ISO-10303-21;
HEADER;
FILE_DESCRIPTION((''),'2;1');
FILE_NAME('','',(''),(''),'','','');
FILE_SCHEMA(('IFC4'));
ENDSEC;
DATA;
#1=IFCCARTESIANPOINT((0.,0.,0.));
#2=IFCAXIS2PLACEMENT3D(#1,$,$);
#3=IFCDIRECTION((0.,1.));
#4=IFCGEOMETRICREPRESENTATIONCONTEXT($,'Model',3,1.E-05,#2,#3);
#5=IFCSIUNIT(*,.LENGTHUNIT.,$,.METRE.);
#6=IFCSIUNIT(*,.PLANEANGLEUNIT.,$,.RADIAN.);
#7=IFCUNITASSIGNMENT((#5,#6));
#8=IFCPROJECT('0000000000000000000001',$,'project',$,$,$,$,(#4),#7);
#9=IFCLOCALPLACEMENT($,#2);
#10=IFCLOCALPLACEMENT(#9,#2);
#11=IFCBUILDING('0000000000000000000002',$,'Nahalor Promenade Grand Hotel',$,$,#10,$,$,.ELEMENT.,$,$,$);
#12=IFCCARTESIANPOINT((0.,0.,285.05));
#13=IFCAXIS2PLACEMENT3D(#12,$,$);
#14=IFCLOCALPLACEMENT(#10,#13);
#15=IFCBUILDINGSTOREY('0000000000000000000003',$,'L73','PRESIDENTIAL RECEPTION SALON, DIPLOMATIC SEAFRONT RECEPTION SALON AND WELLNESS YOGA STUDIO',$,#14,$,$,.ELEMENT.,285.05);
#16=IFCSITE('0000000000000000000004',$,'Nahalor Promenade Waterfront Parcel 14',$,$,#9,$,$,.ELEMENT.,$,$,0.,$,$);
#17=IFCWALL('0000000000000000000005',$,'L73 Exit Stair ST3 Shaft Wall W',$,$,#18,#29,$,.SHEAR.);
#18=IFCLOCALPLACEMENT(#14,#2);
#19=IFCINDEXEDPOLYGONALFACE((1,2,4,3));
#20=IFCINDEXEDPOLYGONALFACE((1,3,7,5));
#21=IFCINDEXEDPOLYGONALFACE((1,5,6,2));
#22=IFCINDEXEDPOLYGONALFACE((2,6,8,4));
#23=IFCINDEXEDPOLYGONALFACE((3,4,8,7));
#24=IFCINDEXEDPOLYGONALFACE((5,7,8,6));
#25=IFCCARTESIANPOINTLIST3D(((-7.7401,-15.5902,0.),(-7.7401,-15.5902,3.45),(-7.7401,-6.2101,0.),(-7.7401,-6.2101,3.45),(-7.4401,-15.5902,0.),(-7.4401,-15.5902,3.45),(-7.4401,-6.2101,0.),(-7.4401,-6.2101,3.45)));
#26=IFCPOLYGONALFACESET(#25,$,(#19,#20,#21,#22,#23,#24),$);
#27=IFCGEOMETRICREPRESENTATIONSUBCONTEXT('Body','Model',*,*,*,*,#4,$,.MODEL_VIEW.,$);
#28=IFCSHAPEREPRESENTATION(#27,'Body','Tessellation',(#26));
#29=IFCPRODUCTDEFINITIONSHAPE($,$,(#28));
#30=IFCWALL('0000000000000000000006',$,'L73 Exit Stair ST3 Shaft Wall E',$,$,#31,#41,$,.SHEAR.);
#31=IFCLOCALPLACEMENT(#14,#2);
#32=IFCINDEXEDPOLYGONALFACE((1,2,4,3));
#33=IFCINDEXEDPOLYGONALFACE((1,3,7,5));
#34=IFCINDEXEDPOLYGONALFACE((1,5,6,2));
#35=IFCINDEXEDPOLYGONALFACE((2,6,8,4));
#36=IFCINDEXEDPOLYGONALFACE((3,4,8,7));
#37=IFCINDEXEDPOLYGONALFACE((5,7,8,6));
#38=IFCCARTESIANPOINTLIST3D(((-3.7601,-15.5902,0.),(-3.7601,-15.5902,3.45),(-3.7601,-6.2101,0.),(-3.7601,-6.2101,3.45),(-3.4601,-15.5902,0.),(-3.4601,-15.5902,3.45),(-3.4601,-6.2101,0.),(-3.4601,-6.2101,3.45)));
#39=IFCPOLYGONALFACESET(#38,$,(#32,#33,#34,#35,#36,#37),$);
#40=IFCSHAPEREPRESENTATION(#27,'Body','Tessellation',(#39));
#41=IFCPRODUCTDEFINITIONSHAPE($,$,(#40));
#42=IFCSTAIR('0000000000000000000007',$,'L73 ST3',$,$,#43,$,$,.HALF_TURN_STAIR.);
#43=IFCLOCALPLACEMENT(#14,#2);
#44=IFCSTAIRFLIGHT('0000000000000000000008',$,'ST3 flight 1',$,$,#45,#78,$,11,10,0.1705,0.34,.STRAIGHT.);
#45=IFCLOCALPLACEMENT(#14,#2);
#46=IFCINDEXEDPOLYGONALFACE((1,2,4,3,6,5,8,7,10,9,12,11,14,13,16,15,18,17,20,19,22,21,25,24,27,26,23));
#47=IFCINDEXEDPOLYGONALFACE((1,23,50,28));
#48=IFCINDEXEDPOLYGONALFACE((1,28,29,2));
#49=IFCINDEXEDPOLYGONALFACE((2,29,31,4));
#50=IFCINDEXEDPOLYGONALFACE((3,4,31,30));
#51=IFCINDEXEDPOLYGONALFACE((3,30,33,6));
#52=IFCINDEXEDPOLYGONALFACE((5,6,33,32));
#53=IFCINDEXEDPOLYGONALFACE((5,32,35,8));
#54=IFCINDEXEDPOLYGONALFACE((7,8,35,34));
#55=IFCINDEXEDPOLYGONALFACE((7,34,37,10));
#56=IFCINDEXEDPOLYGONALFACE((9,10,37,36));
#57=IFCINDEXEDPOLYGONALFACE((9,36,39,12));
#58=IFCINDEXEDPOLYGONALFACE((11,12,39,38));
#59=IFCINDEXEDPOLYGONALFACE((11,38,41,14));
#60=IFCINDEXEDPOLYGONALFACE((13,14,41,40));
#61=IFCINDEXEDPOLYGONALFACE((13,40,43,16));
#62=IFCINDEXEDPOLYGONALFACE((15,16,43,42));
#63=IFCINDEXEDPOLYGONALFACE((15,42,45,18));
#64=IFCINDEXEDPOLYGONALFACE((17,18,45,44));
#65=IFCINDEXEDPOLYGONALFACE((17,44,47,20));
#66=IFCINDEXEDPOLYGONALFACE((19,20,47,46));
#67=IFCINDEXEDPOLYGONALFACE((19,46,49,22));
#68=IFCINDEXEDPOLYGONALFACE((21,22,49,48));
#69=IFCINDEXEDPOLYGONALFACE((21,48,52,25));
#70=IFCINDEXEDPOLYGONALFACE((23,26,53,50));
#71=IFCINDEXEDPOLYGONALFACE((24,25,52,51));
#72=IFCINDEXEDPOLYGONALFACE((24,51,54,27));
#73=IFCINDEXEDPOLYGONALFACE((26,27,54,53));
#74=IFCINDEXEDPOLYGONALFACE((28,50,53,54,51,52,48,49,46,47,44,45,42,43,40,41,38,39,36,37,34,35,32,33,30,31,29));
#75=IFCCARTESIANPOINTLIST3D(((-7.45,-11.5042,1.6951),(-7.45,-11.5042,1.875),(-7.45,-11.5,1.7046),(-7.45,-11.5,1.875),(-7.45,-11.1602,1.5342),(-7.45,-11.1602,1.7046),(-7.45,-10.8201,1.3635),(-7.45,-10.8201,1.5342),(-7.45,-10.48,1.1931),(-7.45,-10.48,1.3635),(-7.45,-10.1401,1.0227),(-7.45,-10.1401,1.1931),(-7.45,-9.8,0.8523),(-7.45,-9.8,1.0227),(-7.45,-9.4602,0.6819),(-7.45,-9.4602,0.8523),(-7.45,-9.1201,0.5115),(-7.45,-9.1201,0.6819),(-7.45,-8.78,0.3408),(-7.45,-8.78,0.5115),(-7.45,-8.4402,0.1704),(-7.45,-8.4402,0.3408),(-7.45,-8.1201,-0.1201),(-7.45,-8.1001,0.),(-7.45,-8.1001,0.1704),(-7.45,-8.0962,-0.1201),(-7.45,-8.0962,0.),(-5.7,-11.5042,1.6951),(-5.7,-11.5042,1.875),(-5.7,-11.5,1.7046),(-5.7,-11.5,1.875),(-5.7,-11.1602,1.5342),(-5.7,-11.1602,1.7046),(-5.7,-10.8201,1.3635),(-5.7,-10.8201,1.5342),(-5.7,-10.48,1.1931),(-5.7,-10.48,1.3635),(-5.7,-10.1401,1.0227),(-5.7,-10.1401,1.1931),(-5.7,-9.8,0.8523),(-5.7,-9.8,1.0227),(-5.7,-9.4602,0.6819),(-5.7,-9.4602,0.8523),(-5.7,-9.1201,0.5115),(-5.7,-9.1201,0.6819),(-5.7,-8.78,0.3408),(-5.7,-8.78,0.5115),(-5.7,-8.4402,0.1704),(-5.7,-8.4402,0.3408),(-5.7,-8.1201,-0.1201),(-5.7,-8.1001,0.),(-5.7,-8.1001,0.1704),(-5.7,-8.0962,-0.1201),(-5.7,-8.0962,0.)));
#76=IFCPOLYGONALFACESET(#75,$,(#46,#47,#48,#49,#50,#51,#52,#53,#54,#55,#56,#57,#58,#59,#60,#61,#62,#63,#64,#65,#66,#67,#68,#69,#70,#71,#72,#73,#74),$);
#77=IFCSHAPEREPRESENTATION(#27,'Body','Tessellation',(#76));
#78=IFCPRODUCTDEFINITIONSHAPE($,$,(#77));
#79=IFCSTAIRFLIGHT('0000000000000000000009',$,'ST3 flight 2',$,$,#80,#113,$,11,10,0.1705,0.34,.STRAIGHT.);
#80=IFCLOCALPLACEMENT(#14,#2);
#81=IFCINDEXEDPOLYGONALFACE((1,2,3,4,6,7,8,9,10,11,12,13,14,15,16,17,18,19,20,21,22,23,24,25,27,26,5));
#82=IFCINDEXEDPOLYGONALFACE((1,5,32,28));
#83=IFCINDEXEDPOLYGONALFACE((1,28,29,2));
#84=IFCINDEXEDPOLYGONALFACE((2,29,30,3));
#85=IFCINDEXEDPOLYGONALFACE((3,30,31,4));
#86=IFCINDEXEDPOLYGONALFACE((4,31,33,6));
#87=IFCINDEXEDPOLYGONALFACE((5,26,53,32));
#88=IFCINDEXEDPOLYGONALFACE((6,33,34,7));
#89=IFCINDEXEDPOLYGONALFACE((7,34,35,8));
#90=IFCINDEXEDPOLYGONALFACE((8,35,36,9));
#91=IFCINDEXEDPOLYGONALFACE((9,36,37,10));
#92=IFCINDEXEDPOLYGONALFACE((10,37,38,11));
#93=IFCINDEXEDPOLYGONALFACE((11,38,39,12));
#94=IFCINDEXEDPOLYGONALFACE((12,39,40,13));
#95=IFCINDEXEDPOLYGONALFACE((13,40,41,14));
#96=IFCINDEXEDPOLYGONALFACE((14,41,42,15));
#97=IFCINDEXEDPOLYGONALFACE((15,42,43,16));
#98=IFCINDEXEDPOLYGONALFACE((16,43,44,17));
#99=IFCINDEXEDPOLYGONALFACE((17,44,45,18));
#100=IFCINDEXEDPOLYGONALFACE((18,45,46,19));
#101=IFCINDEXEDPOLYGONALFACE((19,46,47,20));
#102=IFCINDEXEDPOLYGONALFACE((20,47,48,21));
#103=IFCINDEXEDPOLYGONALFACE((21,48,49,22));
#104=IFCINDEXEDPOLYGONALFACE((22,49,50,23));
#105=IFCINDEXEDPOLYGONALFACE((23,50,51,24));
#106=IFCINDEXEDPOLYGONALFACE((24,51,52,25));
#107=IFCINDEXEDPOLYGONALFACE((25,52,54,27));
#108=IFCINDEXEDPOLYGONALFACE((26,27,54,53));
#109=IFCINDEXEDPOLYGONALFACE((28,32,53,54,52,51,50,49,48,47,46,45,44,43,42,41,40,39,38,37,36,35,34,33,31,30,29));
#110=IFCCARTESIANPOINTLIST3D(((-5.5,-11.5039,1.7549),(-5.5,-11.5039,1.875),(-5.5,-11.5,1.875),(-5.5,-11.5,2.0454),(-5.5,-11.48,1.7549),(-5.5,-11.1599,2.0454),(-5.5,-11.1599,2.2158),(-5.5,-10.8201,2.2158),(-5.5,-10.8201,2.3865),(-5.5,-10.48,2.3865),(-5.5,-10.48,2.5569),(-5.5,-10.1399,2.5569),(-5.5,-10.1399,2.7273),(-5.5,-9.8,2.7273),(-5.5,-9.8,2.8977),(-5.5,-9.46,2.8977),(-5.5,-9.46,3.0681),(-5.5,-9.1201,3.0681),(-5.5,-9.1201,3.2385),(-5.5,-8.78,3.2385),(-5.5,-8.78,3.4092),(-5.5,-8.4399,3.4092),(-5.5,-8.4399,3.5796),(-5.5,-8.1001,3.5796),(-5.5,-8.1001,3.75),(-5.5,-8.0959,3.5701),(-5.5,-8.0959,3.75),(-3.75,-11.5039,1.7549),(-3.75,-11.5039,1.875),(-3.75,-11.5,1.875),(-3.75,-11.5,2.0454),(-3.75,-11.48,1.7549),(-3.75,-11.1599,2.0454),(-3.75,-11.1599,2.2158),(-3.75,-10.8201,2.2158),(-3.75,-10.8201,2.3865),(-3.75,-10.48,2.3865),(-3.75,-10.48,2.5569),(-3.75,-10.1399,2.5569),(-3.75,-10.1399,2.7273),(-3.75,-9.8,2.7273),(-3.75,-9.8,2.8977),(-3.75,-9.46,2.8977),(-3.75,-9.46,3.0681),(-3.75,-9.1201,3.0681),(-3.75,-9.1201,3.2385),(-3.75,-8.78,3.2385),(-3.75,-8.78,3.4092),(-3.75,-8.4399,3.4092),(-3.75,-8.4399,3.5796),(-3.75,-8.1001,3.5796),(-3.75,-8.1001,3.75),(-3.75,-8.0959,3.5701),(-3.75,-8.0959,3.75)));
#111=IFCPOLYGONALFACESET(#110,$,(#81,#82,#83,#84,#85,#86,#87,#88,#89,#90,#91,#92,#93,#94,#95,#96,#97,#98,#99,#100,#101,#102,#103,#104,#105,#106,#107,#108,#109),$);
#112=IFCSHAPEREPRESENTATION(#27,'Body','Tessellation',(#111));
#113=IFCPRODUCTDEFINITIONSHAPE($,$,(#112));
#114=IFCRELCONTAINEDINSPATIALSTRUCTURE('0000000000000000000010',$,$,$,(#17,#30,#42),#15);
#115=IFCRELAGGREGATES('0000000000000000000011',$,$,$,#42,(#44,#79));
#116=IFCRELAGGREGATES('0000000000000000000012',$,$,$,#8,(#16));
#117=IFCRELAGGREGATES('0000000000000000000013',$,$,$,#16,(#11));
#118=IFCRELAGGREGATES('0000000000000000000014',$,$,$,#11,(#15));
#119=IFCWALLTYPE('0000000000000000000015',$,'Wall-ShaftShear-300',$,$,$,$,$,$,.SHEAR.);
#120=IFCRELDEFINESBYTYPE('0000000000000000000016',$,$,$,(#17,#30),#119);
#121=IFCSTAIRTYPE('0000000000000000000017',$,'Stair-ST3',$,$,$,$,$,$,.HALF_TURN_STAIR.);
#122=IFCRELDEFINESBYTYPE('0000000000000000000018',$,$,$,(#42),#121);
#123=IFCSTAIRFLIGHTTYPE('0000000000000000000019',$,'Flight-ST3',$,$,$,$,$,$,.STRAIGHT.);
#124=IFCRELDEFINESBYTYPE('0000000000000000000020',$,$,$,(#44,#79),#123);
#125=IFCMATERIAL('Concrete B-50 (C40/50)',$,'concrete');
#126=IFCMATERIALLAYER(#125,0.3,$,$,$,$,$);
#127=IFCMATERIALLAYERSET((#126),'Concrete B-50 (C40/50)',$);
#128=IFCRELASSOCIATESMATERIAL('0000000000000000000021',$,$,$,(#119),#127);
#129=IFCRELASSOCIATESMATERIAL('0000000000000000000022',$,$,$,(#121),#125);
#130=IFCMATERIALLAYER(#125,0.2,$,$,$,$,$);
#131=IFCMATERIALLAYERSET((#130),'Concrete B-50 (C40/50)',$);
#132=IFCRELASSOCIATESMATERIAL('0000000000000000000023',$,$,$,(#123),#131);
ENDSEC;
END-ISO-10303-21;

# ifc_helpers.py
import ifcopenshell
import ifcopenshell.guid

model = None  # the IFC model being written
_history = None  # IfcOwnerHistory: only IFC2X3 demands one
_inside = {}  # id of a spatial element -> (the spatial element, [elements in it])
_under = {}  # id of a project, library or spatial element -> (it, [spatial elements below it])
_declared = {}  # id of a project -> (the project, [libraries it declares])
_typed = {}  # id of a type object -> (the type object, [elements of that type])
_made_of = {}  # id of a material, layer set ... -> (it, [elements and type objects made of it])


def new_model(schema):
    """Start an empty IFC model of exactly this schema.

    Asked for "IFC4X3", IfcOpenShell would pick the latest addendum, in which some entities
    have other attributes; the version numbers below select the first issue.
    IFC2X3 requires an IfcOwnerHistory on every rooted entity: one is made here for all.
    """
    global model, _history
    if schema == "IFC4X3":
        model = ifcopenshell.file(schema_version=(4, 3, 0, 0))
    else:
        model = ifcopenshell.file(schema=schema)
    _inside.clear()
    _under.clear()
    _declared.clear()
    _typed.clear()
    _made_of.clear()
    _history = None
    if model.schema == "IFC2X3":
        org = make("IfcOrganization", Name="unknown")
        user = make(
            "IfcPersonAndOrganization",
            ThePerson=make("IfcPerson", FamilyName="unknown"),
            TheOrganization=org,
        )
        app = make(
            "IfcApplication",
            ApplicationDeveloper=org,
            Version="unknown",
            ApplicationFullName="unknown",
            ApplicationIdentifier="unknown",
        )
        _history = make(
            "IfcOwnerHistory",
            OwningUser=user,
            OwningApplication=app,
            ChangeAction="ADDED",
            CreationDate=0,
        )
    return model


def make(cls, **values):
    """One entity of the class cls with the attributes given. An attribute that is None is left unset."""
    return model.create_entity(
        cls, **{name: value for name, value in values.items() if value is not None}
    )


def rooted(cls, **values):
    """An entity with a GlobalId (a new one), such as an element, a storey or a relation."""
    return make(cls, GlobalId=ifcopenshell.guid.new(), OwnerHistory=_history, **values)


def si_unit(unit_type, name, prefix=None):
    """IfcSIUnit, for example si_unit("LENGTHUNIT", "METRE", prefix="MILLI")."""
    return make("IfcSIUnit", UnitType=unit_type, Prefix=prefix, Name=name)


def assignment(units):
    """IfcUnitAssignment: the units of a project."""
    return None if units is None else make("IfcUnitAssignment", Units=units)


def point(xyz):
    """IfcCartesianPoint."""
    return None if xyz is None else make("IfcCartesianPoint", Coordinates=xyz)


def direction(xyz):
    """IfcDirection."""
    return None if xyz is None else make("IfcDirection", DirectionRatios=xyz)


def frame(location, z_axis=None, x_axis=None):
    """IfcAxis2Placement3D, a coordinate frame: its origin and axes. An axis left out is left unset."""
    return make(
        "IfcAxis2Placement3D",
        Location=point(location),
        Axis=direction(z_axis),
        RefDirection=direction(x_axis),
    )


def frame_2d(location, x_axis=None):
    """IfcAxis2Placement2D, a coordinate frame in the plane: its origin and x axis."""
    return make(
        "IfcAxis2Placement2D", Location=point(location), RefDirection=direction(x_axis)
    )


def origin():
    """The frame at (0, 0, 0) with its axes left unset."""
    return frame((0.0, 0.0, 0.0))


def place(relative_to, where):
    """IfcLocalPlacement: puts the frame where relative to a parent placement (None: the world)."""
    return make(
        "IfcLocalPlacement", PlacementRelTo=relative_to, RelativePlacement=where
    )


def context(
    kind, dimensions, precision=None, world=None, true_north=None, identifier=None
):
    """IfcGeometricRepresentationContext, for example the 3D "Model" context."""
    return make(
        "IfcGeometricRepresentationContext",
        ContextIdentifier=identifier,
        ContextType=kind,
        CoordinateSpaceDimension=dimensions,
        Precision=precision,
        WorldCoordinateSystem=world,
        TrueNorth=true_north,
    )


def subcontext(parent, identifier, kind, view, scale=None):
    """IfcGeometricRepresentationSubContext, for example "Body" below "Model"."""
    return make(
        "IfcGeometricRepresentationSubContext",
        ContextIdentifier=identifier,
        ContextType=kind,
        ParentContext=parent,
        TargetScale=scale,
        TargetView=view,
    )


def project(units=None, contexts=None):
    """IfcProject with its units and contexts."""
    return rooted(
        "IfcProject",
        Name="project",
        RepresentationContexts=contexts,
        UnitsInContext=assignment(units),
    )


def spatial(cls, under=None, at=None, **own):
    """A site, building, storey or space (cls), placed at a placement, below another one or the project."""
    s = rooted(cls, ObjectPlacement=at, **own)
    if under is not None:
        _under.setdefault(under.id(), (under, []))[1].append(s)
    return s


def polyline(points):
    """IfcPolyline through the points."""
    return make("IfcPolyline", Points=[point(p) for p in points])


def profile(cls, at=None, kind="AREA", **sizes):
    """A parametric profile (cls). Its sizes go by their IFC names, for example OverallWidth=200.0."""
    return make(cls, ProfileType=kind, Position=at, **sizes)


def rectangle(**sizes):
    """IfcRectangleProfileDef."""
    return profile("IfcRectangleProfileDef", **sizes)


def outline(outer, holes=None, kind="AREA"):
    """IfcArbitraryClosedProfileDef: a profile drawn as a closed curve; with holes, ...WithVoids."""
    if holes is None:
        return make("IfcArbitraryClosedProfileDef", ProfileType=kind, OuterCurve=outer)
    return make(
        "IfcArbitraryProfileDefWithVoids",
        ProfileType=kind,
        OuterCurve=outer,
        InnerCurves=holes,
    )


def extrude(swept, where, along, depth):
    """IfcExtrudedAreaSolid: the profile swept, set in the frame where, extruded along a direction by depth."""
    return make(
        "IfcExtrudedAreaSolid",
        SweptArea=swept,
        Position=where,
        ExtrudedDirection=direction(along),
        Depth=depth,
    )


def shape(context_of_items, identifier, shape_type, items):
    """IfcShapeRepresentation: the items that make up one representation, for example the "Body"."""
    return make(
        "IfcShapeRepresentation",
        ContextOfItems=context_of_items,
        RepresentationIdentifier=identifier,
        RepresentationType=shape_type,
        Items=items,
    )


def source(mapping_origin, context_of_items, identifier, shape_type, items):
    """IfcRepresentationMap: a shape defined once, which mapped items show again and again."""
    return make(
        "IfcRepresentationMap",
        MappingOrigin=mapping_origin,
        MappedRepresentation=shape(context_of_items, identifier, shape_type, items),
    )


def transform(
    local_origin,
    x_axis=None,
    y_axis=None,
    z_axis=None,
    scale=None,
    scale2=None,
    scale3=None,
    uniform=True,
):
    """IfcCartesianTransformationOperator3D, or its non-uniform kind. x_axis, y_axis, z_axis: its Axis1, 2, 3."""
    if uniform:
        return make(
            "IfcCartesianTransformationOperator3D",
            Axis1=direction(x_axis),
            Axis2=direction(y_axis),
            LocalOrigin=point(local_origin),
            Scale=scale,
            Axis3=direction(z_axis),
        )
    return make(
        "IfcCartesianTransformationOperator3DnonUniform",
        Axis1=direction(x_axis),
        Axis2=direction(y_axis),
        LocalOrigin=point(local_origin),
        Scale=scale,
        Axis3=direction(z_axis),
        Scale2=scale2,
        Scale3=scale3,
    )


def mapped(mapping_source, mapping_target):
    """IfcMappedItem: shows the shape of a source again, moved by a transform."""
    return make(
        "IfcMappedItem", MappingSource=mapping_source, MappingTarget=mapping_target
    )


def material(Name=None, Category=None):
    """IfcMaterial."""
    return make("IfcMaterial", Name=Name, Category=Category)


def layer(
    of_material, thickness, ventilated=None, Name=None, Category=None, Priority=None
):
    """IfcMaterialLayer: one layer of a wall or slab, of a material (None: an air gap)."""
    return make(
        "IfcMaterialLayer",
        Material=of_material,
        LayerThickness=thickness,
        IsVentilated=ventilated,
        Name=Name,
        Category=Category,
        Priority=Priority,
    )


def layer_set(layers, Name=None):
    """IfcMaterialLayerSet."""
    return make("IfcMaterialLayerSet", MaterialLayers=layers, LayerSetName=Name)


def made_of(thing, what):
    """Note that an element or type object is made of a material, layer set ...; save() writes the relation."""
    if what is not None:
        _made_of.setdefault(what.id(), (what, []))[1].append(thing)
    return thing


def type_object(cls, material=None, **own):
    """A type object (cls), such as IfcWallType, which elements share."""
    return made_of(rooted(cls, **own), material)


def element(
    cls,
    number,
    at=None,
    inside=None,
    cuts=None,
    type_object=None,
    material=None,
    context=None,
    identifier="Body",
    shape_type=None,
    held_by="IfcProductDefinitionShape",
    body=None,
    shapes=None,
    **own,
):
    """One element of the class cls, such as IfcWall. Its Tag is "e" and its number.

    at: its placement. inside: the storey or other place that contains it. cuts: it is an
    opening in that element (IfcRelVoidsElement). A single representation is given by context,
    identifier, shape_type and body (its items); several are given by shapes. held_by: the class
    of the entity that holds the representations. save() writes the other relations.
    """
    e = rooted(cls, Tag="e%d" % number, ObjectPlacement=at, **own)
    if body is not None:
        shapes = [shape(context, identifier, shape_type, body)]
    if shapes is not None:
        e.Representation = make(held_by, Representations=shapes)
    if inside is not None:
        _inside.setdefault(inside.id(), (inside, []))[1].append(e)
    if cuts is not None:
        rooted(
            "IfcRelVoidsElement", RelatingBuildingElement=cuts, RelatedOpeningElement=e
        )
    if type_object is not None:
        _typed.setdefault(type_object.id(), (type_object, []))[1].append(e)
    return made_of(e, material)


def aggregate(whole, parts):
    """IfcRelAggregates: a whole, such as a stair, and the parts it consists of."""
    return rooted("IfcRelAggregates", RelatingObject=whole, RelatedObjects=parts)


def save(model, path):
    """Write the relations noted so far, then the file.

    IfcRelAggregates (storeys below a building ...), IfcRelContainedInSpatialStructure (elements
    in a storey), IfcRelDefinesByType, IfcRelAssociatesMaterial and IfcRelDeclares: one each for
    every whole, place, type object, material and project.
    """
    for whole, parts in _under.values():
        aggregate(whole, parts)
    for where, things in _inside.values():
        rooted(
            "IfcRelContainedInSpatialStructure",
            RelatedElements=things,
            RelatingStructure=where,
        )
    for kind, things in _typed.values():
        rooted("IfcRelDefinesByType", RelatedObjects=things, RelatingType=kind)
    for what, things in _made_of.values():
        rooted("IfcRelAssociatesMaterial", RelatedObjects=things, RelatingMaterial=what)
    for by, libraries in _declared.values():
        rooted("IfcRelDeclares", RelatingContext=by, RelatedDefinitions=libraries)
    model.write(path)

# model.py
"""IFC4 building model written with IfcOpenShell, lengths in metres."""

from ifc_helpers import new_model, si_unit, direction, frame, frame_2d, origin, place, context, subcontext, project, spatial, polyline, rectangle, outline, extrude, source, transform, mapped, material, layer, layer_set, type_object, element, aggregate, save


model = new_model("IFC4")

# Units and contexts
model_context = context("Model", 3, precision=1e-05, world=origin(), true_north=direction((0.0, 1.0)))
body_context = subcontext(model_context, "Body", "Model", "MODEL_VIEW")
ifc_project = project(units=[si_unit("LENGTHUNIT", "METRE"), si_unit("PLANEANGLEUNIT", "RADIAN")], contexts=[model_context])

# Site, building, storey
site_placement = place(None, origin())
site = spatial("IfcSite", under=ifc_project, at=site_placement, Name="Nahalor Promenade Waterfront Parcel 14", CompositionType="ELEMENT", RefElevation=0.0)
building_placement = place(site_placement, origin())
building = spatial("IfcBuilding", under=site, at=building_placement, Name="Nahalor Promenade Grand Hotel", CompositionType="ELEMENT")
storey_placement = place(building_placement, frame((0.0, 0.0, 285.05)))
storey = spatial("IfcBuildingStorey", under=building, at=storey_placement, Name="L73", Description="PRESIDENTIAL RECEPTION SALON, DIPLOMATIC SEAFRONT RECEPTION SALON AND WELLNESS YOGA STUDIO", CompositionType="ELEMENT", Elevation=285.05)

# Shared definitions
ifc_material_1 = material(Name="Concrete B-50 (C40/50)", Category="concrete")

# Shared definitions
ifc_layer_1 = layer(ifc_material_1, 0.3)
ifc_layer_set_1 = layer_set([ifc_layer_1], Name="Concrete B-50 (C40/50)")
wall_type = type_object("IfcWallType", Name="Wall-ShaftShear-300", PredefinedType="SHEAR", material=ifc_layer_set_1)

# Walls
shared_shape_1 = source(origin(), body_context, "Body", "SweptSolid", [
    extrude(rectangle(XDim=9.3801, YDim=0.3, at=frame_2d((4.6899, 0.0))), origin(), (0.0, 0.0, 1.0), 3.45),
])
for number, where, z_axis, x_axis, name in (
    (1, (-7.5901, -15.5901, 0.0), (0.0, 0.0, 1.0), (0.0, 1.0, 0.0), "L73 Exit Stair ST3 Shaft Wall W"),
    (2, (-3.6101, -15.5901, 0.0), (0.0, 0.0, 1.0), (0.0, 1.0, 0.0), "L73 Exit Stair ST3 Shaft Wall E"),
):
    element("IfcWall", number, at=place(storey_placement, frame(where, z_axis=z_axis, x_axis=x_axis)), inside=storey, type_object=wall_type, Name=name, PredefinedType="SHEAR", context=body_context, shape_type="MappedRepresentation", body=[
        mapped(shared_shape_1, transform((0.0, 0.0, 0.0), scale=1.0)),
    ])

# Stair, stair flights
stair_type = type_object("IfcStairType", Name="Stair-ST3", PredefinedType="HALF_TURN_STAIR", material=ifc_material_1)
stair_placement = place(storey_placement, origin())
stair = element("IfcStair", 3, at=stair_placement, inside=storey, type_object=stair_type, Name="L73 ST3", PredefinedType="HALF_TURN_STAIR")
ifc_layer_2 = layer(ifc_material_1, 0.2)
ifc_layer_set_2 = layer_set([ifc_layer_2], Name="Concrete B-50 (C40/50)")
stair_flight_type = type_object("IfcStairFlightType", Name="Flight-ST3", PredefinedType="STRAIGHT", material=ifc_layer_set_2)
shared_shape_2 = source(origin(), body_context, "Body", "SweptSolid", [
    extrude(outline(polyline([(-0.0039, -0.1201), (-0.0039, 0.0), (0.0, 0.0), (0.0, 0.1704), (0.3401, 0.1704), (0.3401, 0.3408), (0.6799, 0.3408), (0.6799, 0.5115), (1.02, 0.5115), (1.02, 0.6819), (1.3601, 0.6819), (1.3601, 0.8523), (1.7, 0.8523), (1.7, 1.0227), (2.04, 1.0227), (2.04, 1.1931), (2.3799, 1.1931), (2.3799, 1.3635), (2.72, 1.3635), (2.72, 1.5342), (3.0601, 1.5342), (3.0601, 1.7046), (3.3999, 1.7046), (3.3999, 1.875), (3.4041, 1.875), (3.4041, 1.6951), (0.02, -0.1201), (-0.0039, -0.1201)])), frame((0.0, 0.875, 0.0), z_axis=(0.0, -1.0, 0.0), x_axis=(1.0, 0.0, 0.0)), (0.0, 0.0, 1.0), 1.75),
])
stair_flight_1_placement = place(storey_placement, frame((-6.575, -8.1001, 0.0), z_axis=(0.0, 0.0, 1.0), x_axis=(0.0, -1.0, 0.0)))
stair_flight_1 = element("IfcStairFlight", 4, at=stair_flight_1_placement, type_object=stair_flight_type, Name="ST3 flight 1", NumberOfRisers=11, NumberOfTreads=10, PredefinedType="STRAIGHT", RiserHeight=0.1705, TreadLength=0.34, context=body_context, shape_type="MappedRepresentation", body=[
    mapped(shared_shape_2, transform((0.0, 0.0, 0.0), scale=1.0)),
])
stair_flight_2_placement = place(storey_placement, frame((-4.625, -11.5, 1.875), z_axis=(0.0, 0.0, 1.0), x_axis=(0.0, 1.0, 0.0)))
stair_flight_2 = element("IfcStairFlight", 5, at=stair_flight_2_placement, type_object=stair_flight_type, Name="ST3 flight 2", NumberOfRisers=11, NumberOfTreads=10, PredefinedType="STRAIGHT", RiserHeight=0.1705, TreadLength=0.34, context=body_context, shape_type="MappedRepresentation", body=[
    mapped(shared_shape_2, transform((0.0, 0.0, 0.0), scale=1.0)),
])
aggregate(stair, [stair_flight_1, stair_flight_2])

save(model, "model.ifc")
